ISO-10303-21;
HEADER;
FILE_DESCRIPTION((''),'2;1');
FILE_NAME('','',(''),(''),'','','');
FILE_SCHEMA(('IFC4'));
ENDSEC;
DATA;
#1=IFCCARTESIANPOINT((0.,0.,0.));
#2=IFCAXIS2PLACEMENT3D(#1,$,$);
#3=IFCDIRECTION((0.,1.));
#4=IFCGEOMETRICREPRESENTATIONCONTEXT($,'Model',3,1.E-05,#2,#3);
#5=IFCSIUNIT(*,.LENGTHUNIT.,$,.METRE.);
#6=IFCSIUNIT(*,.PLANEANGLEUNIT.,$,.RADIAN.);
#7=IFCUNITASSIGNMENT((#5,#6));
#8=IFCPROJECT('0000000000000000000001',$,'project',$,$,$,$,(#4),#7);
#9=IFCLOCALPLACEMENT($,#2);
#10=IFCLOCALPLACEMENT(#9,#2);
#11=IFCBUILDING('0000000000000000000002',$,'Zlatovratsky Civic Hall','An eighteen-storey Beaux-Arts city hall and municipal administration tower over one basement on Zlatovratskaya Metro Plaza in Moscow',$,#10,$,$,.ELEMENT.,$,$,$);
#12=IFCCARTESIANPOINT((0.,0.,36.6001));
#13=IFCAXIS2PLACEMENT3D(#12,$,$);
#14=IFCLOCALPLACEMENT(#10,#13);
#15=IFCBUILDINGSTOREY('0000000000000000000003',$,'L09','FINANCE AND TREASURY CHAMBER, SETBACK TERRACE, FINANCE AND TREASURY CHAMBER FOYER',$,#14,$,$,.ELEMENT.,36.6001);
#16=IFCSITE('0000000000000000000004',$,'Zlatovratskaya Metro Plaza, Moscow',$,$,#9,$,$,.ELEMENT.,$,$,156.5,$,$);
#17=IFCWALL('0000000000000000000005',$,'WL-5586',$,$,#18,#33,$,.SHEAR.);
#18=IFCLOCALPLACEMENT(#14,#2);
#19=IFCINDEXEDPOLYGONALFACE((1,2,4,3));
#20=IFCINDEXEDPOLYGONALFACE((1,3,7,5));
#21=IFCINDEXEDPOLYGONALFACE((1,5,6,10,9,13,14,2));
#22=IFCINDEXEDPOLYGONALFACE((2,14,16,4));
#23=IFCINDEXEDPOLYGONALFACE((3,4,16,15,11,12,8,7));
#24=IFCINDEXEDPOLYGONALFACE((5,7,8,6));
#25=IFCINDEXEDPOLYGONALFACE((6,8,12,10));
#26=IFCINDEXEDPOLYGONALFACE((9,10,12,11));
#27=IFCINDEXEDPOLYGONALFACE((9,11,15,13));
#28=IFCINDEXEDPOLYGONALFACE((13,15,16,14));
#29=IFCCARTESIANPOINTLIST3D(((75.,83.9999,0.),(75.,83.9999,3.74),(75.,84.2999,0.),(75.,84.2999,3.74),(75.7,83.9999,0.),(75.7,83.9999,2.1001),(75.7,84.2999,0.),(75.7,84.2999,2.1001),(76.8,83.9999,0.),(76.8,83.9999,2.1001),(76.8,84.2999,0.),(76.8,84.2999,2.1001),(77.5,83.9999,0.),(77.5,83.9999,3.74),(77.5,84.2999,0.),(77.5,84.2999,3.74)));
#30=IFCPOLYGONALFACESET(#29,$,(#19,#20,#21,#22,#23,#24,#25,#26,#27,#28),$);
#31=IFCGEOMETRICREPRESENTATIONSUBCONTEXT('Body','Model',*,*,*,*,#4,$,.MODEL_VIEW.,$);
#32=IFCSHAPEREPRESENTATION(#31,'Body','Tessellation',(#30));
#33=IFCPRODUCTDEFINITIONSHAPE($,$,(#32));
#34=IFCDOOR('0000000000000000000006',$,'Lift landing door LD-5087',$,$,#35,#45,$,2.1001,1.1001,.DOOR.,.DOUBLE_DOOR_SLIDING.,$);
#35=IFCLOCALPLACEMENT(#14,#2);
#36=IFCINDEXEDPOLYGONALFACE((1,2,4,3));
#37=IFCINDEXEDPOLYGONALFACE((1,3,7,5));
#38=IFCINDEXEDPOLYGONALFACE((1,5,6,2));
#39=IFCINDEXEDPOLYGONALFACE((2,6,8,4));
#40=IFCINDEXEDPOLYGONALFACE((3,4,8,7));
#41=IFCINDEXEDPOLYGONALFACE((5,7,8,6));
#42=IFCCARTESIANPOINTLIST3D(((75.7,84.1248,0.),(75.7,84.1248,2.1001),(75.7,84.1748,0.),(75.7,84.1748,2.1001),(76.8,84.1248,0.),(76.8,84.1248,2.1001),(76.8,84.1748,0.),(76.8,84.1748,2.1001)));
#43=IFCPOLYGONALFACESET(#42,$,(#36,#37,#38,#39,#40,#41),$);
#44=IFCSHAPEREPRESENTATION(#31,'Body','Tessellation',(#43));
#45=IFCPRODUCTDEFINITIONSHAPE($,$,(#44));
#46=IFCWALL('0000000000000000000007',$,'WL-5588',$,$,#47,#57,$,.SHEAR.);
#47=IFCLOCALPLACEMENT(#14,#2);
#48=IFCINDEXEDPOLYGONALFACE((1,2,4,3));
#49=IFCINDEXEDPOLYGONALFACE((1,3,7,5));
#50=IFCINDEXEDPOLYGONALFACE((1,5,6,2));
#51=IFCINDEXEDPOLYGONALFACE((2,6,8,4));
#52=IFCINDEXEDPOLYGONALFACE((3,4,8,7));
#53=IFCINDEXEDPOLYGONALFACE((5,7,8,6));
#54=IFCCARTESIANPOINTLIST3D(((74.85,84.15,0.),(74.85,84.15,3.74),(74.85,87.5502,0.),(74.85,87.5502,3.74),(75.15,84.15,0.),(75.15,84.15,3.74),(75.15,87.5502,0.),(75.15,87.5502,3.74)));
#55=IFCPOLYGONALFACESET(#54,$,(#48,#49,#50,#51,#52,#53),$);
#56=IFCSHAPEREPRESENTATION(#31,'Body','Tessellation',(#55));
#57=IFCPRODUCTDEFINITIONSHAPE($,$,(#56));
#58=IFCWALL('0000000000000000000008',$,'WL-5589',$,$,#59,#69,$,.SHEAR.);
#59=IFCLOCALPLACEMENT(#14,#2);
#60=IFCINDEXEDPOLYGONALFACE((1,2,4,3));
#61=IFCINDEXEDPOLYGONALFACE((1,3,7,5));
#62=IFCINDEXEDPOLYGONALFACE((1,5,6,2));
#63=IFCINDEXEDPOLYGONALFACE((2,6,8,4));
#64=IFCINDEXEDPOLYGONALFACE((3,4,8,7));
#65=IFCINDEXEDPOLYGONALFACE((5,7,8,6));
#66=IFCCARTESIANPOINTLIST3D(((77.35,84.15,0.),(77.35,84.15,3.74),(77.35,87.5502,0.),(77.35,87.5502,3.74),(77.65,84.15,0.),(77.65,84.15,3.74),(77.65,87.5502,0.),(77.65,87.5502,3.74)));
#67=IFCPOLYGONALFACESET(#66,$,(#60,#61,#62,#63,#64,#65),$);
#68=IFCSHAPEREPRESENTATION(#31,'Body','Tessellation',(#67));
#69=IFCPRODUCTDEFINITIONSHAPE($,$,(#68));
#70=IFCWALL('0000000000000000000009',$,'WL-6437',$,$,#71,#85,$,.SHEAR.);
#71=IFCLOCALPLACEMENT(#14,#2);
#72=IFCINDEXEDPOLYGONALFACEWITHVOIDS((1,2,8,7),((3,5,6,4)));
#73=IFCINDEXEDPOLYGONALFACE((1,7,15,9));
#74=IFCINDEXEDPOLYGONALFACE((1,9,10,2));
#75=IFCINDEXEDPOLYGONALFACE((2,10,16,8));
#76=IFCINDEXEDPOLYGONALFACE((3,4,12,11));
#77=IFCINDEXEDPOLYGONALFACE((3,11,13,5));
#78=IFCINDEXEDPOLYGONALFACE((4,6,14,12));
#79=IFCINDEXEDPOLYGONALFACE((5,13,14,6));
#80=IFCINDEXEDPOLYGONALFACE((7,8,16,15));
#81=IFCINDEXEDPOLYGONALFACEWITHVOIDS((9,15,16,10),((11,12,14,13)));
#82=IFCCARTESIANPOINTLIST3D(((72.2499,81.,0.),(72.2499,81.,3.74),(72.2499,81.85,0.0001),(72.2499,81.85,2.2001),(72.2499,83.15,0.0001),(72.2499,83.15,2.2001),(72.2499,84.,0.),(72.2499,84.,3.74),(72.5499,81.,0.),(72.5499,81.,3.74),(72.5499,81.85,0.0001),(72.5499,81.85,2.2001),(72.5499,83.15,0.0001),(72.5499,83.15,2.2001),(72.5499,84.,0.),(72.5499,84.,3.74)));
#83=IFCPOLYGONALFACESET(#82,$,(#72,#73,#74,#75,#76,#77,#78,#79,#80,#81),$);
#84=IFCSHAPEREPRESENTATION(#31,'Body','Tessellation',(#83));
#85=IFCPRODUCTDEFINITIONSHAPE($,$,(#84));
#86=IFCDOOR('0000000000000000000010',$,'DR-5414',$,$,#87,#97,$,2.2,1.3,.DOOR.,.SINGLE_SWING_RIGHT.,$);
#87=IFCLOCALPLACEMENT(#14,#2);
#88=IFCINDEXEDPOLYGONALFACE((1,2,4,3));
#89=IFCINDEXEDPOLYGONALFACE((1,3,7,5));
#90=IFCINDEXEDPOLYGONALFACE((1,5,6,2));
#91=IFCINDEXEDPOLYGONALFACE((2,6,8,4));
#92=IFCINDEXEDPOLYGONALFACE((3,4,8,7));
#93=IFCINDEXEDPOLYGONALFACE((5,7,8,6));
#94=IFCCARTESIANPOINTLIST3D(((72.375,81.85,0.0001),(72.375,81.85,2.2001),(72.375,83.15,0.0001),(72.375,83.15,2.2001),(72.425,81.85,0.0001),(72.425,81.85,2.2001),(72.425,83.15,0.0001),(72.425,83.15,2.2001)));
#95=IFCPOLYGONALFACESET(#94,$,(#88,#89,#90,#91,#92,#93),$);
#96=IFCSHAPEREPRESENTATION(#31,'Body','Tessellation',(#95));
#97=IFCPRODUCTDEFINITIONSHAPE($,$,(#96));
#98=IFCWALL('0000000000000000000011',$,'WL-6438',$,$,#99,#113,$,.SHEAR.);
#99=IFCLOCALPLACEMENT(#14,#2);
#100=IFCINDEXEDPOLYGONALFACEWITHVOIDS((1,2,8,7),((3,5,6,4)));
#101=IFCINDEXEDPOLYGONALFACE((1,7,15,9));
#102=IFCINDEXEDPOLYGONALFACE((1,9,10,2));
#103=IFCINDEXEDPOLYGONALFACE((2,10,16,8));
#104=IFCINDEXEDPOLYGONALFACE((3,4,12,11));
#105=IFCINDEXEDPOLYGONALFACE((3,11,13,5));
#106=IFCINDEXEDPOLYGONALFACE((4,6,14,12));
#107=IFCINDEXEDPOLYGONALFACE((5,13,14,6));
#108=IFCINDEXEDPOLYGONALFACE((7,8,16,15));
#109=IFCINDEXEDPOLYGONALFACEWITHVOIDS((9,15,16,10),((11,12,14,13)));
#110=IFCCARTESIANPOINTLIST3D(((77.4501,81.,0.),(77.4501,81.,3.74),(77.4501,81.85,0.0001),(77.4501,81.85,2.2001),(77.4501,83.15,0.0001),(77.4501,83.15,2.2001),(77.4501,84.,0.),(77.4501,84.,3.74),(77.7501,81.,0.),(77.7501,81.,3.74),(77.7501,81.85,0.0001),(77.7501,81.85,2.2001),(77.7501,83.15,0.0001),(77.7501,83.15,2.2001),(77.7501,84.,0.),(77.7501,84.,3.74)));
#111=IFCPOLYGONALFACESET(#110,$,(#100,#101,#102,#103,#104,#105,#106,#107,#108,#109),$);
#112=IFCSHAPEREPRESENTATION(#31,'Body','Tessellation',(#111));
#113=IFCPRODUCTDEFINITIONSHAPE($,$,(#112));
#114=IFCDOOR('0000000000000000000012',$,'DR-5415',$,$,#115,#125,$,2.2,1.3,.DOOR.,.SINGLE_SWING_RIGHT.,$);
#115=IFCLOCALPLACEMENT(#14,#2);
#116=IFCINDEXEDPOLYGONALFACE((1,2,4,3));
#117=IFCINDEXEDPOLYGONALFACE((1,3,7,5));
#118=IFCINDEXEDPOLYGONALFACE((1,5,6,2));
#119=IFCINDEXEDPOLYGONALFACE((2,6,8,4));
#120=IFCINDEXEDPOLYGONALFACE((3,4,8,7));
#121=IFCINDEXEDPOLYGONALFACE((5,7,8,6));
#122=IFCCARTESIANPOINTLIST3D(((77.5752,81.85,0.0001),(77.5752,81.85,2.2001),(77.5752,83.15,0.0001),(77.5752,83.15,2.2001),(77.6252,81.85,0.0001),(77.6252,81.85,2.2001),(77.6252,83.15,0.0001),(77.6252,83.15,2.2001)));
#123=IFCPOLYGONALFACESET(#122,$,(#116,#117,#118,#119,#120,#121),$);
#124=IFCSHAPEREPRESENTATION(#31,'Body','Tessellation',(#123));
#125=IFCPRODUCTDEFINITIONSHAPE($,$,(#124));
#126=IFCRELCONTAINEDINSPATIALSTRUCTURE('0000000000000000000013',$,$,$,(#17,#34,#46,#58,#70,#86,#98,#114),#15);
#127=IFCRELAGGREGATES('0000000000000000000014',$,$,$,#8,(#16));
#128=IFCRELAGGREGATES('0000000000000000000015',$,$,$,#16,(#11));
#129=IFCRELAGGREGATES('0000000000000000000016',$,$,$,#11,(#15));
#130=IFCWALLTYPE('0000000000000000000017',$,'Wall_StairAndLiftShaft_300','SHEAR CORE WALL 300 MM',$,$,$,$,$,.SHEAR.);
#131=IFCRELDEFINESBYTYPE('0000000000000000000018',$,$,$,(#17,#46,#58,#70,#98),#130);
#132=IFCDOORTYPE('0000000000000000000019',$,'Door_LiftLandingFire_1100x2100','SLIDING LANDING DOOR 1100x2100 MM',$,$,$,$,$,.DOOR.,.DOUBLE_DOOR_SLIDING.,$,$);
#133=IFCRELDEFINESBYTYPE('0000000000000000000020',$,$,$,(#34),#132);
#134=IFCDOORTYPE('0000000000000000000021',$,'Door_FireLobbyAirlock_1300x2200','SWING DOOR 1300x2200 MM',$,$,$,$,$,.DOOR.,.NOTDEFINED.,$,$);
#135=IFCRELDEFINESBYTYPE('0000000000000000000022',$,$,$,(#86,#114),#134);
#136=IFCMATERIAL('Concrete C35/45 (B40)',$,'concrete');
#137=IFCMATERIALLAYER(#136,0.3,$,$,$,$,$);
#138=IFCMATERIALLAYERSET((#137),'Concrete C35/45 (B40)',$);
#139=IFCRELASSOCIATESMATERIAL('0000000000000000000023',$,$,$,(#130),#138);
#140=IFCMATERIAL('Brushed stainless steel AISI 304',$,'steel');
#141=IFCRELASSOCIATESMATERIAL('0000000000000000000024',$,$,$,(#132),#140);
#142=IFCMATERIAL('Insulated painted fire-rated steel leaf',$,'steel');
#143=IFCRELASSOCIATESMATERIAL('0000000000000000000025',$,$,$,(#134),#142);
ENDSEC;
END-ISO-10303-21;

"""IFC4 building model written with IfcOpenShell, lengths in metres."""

from ifc_helpers import new_model, si_unit, direction, frame, frame_2d, origin, place, context, subcontext, project, spatial, rectangle, extrude, material, layer, layer_set, type_object, element, fill, save


model = new_model("IFC4")

# Units and contexts
model_context = context("Model", 3, precision=1e-05, world=origin(), true_north=direction((0.0, 1.0)))
body_context = subcontext(model_context, "Body", "Model", "MODEL_VIEW")
ifc_project = project(units=[si_unit("LENGTHUNIT", "METRE"), si_unit("PLANEANGLEUNIT", "RADIAN")], contexts=[model_context])

# Site, building, storey
site_placement = place(None, origin())
site = spatial("IfcSite", under=ifc_project, at=site_placement, Name="Zlatovratskaya Metro Plaza, Moscow", CompositionType="ELEMENT", RefElevation=156.5)
building_placement = place(site_placement, origin())
building = spatial("IfcBuilding", under=site, at=building_placement, Name="Zlatovratsky Civic Hall", Description="An eighteen-storey Beaux-Arts city hall and municipal administration tower over one basement on Zlatovratskaya Metro Plaza in Moscow", CompositionType="ELEMENT")
storey_placement = place(building_placement, frame((0.0, 0.0, 36.6001)))
storey = spatial("IfcBuildingStorey", under=building, at=storey_placement, Name="L09", Description="FINANCE AND TREASURY CHAMBER, SETBACK TERRACE, FINANCE AND TREASURY CHAMBER FOYER", CompositionType="ELEMENT", Elevation=36.6001)

# Shared definitions
ifc_material_1 = material(Name="Concrete C35/45 (B40)", Category="concrete")

# Shared definitions
ifc_layer_1 = layer(ifc_material_1, 0.3)
ifc_layer_set_1 = layer_set([ifc_layer_1], Name="Concrete C35/45 (B40)")
wall_type_1 = type_object("IfcWallType", Name="Wall_StairAndLiftShaft_300", Description="SHEAR CORE WALL 300 MM", PredefinedType="SHEAR", material=ifc_layer_set_1)
ifc_material_2 = material(Name="Brushed stainless steel AISI 304", Category="steel")
door_type_1 = type_object("IfcDoorType", Name="Door_LiftLandingFire_1100x2100", Description="SLIDING LANDING DOOR 1100x2100 MM", OperationType="DOUBLE_DOOR_SLIDING", PredefinedType="DOOR", material=ifc_material_2)

# Wall, opening, door
wall_1_placement = place(storey_placement, frame((75.0, 84.1499, 0.0), z_axis=(0.0, 0.0, 1.0), x_axis=(1.0, 0.0, 0.0)))
wall_1 = element("IfcWall", 1, at=wall_1_placement, inside=storey, type_object=wall_type_1, Name="WL-5586", PredefinedType="SHEAR", context=body_context, shape_type="SweptSolid", body=[
    extrude(rectangle(XDim=2.5, YDim=0.3, at=frame_2d((1.25, 0.0))), origin(), (0.0, 0.0, 1.0), 3.74),
])
opening_1_placement = place(wall_1_placement, frame((0.7, 0.0, 0.0)))
opening_1 = element("IfcOpeningElement", 2, at=opening_1_placement, cuts=wall_1, PredefinedType="OPENING", context=body_context, shape_type="SweptSolid", body=[
    extrude(rectangle(XDim=1.1001, YDim=2.1001, at=frame_2d((0.55, 1.05))), frame((0.0, 0.165, 0.0), z_axis=(0.0, -1.0, 0.0), x_axis=(1.0, 0.0, 0.0)), (0.0, 0.0, 1.0), 0.3298),
])
door_1_placement = place(opening_1_placement, origin())
door_1 = element("IfcDoor", 3, at=door_1_placement, inside=storey, type_object=door_type_1, Name="Lift landing door LD-5087", OperationType="DOUBLE_DOOR_SLIDING", OverallHeight=2.1001, OverallWidth=1.1001, PredefinedType="DOOR", context=body_context, shape_type="SweptSolid", body=[
    extrude(rectangle(XDim=1.1001, YDim=2.1001, at=frame_2d((0.55, 1.05))), frame((0.0, 0.0249, 0.0), z_axis=(0.0, -1.0, 0.0), x_axis=(1.0, 0.0, 0.0)), (0.0, 0.0, 1.0), 0.05),
])
fill(opening_1, door_1)

# Walls
for number, where, z_axis, x_axis, name in (
    (4, (75.0, 84.1499, 0.0), (0.0, 0.0, 1.0), (0.0, 1.0, 0.0), "WL-5588"),
    (5, (77.5, 84.1499, 0.0), (0.0, 0.0, 1.0), (0.0, 1.0, 0.0), "WL-5589"),
):
    element("IfcWall", number, at=place(storey_placement, frame(where, z_axis=z_axis, x_axis=x_axis)), inside=storey, type_object=wall_type_1, Name=name, PredefinedType="SHEAR", context=body_context, shape_type="SweptSolid", body=[
        extrude(rectangle(XDim=3.4001, YDim=0.3, at=frame_2d((1.7002, 0.0))), origin(), (0.0, 0.0, 1.0), 3.74),
    ])

# Walls, openings, doors
wall_2_placement = place(storey_placement, frame((72.3999, 81.0, 0.0), z_axis=(0.0, 0.0, 1.0), x_axis=(0.0, 1.0, 0.0)))
wall_2 = element("IfcWall", 6, at=wall_2_placement, inside=storey, type_object=wall_type_1, Name="WL-6437", PredefinedType="SHEAR", context=body_context, shape_type="SweptSolid", body=[
    extrude(rectangle(XDim=3.0, YDim=0.3, at=frame_2d((1.5, 0.0))), origin(), (0.0, 0.0, 1.0), 3.74),
])
opening_2_placement = place(wall_2_placement, frame((0.8501, 0.0, 0.0)))
opening_2 = element("IfcOpeningElement", 7, at=opening_2_placement, cuts=wall_2, PredefinedType="OPENING", context=body_context, shape_type="SweptSolid", body=[
    extrude(rectangle(XDim=1.3, YDim=2.2, at=frame_2d((0.6499, 1.1001))), frame((0.0, 0.165, 0.0), z_axis=(0.0, -1.0, 0.0), x_axis=(1.0, 0.0, 0.0)), (0.0, 0.0, 1.0), 0.3298),
])
ifc_material_3 = material(Name="Insulated painted fire-rated steel leaf", Category="steel")
door_type_2 = type_object("IfcDoorType", Name="Door_FireLobbyAirlock_1300x2200", Description="SWING DOOR 1300x2200 MM", OperationType="NOTDEFINED", PredefinedType="DOOR", material=ifc_material_3)
door_2_placement = place(opening_2_placement, origin())
door_2 = element("IfcDoor", 8, at=door_2_placement, inside=storey, type_object=door_type_2, Name="DR-5414", OperationType="SINGLE_SWING_RIGHT", OverallHeight=2.2, OverallWidth=1.3, PredefinedType="DOOR", context=body_context, shape_type="SweptSolid", body=[
    extrude(rectangle(XDim=1.3, YDim=2.2, at=frame_2d((0.6499, 1.1001))), frame((0.0, 0.0249, 0.0), z_axis=(0.0, -1.0, 0.0), x_axis=(1.0, 0.0, 0.0)), (0.0, 0.0, 1.0), 0.05),
])
fill(opening_2, door_2)
wall_3_placement = place(storey_placement, frame((77.6001, 81.0, 0.0), z_axis=(0.0, 0.0, 1.0), x_axis=(0.0, 1.0, 0.0)))
wall_3 = element("IfcWall", 9, at=wall_3_placement, inside=storey, type_object=wall_type_1, Name="WL-6438", PredefinedType="SHEAR", context=body_context, shape_type="SweptSolid", body=[
    extrude(rectangle(XDim=3.0, YDim=0.3, at=frame_2d((1.5, 0.0))), origin(), (0.0, 0.0, 1.0), 3.74),
])
opening_3_placement = place(wall_3_placement, frame((0.8501, 0.0, 0.0)))
opening_3 = element("IfcOpeningElement", 10, at=opening_3_placement, cuts=wall_3, PredefinedType="OPENING", context=body_context, shape_type="SweptSolid", body=[
    extrude(rectangle(XDim=1.3, YDim=2.2, at=frame_2d((0.6499, 1.1001))), frame((0.0, 0.165, 0.0), z_axis=(0.0, -1.0, 0.0), x_axis=(1.0, 0.0, 0.0)), (0.0, 0.0, 1.0), 0.3298),
])
door_3_placement = place(opening_3_placement, origin())
door_3 = element("IfcDoor", 11, at=door_3_placement, inside=storey, type_object=door_type_2, Name="DR-5415", OperationType="SINGLE_SWING_RIGHT", OverallHeight=2.2, OverallWidth=1.3, PredefinedType="DOOR", context=body_context, shape_type="SweptSolid", body=[
    extrude(rectangle(XDim=1.3, YDim=2.2, at=frame_2d((0.6499, 1.1001))), frame((0.0, 0.0249, 0.0), z_axis=(0.0, -1.0, 0.0), x_axis=(1.0, 0.0, 0.0)), (0.0, 0.0, 1.0), 0.05),
])
fill(opening_3, door_3)

save(model, "model.ifc")
